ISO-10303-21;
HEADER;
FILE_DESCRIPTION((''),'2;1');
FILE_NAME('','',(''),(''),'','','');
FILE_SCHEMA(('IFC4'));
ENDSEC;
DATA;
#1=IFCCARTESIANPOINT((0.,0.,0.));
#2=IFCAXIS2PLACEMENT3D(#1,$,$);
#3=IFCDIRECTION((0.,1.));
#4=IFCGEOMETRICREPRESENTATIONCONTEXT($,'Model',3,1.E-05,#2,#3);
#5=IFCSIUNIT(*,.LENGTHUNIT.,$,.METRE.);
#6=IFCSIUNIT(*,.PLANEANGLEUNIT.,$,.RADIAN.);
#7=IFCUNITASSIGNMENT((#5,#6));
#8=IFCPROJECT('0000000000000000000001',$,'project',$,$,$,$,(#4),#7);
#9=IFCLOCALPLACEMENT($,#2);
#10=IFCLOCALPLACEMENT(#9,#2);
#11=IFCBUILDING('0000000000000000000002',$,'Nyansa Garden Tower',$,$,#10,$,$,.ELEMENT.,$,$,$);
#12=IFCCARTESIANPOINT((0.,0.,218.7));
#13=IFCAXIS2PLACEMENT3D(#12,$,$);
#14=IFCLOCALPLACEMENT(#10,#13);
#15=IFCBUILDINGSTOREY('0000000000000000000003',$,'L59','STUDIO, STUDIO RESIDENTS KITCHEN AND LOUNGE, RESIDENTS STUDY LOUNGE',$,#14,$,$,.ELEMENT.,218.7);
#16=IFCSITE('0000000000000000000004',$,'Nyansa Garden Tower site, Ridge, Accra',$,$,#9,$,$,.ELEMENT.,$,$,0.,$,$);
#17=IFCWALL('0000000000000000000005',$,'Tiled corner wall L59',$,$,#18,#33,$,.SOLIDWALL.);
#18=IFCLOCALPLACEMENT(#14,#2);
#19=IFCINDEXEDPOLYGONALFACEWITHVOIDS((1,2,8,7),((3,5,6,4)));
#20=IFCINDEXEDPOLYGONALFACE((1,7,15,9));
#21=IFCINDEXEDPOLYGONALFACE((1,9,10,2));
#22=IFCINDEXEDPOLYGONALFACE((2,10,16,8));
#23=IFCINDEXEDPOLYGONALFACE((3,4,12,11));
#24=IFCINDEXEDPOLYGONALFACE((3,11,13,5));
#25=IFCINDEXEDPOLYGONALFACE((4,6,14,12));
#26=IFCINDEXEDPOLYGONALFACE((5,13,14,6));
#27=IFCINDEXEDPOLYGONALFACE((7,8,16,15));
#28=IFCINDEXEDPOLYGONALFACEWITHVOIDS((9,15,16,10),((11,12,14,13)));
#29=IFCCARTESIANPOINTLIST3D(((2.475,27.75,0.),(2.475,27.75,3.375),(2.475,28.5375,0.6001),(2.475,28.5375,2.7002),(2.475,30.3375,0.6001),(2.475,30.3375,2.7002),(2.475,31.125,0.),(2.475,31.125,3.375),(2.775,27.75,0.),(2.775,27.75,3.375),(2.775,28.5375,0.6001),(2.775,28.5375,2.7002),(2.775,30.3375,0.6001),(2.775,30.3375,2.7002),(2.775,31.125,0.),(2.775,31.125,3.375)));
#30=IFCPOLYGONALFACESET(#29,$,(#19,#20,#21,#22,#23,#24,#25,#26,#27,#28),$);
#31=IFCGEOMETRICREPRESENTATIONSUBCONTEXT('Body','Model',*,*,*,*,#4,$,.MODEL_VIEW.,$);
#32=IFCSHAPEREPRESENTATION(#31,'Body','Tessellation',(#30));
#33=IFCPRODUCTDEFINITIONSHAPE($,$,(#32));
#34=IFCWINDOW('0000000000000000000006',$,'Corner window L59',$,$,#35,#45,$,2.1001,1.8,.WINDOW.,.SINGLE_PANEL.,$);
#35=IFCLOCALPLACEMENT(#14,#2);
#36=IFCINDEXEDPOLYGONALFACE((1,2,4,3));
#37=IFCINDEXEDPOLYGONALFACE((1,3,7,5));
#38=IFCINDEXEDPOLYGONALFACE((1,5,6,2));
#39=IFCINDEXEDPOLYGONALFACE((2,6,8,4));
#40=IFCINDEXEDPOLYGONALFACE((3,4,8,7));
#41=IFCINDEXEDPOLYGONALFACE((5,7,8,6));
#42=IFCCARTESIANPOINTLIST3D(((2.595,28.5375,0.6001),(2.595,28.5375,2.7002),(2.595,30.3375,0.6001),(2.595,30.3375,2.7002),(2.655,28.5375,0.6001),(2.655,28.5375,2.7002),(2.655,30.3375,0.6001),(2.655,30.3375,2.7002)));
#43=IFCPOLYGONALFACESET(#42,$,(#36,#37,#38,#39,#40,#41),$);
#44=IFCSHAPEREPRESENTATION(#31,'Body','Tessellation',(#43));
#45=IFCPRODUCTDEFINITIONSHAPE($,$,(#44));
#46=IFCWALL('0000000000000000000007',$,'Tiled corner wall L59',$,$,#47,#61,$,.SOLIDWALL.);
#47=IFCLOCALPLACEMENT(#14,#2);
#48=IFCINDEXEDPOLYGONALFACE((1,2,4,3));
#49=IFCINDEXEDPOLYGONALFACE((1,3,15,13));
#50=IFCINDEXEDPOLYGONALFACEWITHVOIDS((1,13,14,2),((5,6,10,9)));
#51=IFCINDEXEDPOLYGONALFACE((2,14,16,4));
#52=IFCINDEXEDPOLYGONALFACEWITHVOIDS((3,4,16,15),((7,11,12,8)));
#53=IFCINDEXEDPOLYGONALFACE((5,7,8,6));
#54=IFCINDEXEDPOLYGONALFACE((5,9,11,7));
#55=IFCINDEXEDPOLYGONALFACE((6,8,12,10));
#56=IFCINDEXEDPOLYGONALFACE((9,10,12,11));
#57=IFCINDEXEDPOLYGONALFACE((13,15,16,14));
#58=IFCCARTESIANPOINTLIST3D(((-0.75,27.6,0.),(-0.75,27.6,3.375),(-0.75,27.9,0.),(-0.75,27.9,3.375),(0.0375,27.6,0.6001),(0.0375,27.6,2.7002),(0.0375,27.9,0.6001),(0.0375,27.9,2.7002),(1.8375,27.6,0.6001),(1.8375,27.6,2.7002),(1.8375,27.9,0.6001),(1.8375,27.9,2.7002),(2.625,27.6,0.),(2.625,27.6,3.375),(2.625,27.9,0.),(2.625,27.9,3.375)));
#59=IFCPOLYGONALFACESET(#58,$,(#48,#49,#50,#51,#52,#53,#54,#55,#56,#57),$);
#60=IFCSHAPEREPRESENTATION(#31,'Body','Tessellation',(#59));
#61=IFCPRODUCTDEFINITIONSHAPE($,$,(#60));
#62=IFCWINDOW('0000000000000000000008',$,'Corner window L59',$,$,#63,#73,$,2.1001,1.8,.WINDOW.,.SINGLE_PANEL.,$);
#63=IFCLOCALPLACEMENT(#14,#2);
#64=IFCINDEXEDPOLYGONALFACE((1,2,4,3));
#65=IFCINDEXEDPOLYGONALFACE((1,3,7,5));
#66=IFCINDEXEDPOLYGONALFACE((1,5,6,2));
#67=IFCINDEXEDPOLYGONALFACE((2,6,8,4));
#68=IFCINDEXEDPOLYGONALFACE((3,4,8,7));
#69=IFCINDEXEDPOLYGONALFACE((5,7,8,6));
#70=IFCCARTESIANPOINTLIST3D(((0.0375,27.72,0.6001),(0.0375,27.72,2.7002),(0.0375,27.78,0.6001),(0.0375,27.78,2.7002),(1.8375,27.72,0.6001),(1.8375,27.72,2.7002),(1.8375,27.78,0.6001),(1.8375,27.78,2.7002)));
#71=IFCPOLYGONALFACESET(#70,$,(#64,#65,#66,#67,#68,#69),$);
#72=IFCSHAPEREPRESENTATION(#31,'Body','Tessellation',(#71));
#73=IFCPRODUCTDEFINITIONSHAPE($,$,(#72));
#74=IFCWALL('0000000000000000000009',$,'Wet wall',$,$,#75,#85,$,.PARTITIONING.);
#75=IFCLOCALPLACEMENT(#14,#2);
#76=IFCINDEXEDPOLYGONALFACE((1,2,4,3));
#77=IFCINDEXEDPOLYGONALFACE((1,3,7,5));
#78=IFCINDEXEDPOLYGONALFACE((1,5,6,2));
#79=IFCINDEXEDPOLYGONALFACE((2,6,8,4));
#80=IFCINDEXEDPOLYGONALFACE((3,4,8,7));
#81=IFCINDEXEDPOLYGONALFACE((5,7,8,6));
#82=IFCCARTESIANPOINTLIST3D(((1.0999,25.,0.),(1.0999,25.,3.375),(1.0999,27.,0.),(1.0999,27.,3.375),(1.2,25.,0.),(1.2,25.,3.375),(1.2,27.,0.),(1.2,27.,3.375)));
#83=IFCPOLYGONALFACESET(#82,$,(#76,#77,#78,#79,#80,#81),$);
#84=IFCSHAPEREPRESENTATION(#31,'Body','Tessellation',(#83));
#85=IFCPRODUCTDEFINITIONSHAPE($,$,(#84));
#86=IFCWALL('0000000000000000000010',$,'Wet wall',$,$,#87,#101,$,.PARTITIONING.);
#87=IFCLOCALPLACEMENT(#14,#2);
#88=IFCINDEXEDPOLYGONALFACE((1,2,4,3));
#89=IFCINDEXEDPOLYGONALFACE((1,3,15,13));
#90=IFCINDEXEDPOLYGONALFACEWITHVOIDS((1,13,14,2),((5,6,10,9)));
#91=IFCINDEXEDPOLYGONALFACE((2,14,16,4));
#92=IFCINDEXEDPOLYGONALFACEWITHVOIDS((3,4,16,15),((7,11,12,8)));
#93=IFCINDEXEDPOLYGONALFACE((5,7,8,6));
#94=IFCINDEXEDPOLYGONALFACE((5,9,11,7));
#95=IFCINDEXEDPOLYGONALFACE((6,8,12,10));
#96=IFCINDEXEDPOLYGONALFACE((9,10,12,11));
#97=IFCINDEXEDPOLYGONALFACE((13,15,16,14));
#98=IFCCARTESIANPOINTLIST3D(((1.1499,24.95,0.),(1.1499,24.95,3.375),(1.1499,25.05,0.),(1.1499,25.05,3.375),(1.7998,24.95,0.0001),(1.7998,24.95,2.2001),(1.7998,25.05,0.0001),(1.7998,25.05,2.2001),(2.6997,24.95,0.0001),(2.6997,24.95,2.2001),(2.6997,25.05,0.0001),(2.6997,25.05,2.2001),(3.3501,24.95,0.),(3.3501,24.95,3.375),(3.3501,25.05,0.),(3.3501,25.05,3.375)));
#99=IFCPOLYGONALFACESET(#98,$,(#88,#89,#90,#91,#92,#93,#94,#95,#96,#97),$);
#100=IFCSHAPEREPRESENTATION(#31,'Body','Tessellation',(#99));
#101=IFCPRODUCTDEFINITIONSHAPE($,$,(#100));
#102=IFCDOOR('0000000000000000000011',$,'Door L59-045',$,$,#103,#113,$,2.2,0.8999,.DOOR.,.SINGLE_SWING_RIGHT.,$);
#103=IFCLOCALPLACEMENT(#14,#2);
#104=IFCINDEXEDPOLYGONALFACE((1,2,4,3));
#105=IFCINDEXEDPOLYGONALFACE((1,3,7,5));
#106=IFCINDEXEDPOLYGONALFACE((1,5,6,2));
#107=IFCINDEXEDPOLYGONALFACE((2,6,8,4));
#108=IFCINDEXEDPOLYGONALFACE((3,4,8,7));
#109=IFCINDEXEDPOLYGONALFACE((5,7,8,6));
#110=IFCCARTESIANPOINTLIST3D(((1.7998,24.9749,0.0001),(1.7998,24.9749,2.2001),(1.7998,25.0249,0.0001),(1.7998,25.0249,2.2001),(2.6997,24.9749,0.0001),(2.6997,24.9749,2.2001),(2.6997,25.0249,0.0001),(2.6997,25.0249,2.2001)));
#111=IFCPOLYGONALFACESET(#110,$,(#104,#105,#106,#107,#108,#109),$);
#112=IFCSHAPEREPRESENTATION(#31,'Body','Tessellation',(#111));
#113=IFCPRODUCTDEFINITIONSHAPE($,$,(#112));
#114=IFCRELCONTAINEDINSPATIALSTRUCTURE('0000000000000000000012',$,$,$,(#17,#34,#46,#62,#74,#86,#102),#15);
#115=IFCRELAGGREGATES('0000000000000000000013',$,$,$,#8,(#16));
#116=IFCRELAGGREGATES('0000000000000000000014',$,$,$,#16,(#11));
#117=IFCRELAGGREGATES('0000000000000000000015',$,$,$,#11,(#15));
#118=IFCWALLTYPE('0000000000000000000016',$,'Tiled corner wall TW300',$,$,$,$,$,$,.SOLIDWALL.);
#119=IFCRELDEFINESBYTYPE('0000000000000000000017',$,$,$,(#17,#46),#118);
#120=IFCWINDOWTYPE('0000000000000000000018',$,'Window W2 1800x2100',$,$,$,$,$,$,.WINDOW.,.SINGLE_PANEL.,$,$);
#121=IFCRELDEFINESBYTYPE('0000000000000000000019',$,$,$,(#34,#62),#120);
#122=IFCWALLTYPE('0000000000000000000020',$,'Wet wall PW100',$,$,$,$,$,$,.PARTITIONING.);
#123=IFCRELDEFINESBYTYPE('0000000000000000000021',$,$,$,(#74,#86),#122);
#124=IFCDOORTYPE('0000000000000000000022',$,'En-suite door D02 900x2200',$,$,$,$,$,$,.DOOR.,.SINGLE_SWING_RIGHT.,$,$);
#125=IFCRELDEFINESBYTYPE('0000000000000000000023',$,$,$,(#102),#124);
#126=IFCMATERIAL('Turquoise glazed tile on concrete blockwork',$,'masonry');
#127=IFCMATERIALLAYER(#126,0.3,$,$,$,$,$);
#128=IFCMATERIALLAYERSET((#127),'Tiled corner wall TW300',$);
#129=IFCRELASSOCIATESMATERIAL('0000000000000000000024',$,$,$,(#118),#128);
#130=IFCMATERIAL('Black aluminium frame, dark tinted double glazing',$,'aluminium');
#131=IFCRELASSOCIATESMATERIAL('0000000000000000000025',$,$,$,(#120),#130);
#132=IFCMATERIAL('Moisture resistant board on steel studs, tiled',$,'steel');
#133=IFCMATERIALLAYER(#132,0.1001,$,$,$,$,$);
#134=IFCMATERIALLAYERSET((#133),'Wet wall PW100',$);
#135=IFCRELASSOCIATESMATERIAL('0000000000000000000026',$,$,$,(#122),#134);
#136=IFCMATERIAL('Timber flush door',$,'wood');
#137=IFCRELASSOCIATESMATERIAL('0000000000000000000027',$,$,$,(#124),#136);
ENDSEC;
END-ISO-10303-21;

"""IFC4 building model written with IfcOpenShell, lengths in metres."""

from ifc_helpers import new_model, si_unit, direction, frame, frame_2d, origin, place, context, subcontext, project, spatial, rectangle, extrude, material, layer, layer_set, type_object, element, fill, save


model = new_model("IFC4")

# Units and contexts
model_context = context("Model", 3, precision=1e-05, world=origin(), true_north=direction((0.0, 1.0)))
body_context = subcontext(model_context, "Body", "Model", "MODEL_VIEW")
ifc_project = project(units=[si_unit("LENGTHUNIT", "METRE"), si_unit("PLANEANGLEUNIT", "RADIAN")], contexts=[model_context])

# Site, building, storey
site_placement = place(None, origin())
site = spatial("IfcSite", under=ifc_project, at=site_placement, Name="Nyansa Garden Tower site, Ridge, Accra", CompositionType="ELEMENT", RefElevation=0.0)
building_placement = place(site_placement, origin())
building = spatial("IfcBuilding", under=site, at=building_placement, Name="Nyansa Garden Tower", CompositionType="ELEMENT")
storey_placement = place(building_placement, frame((0.0, 0.0, 218.7)))
storey = spatial("IfcBuildingStorey", under=building, at=storey_placement, Name="L59", Description="STUDIO, STUDIO RESIDENTS KITCHEN AND LOUNGE, RESIDENTS STUDY LOUNGE", CompositionType="ELEMENT", Elevation=218.7)

# Walls, openings, windows
ifc_material_1 = material(Name="Turquoise glazed tile on concrete blockwork", Category="masonry")
ifc_layer_1 = layer(ifc_material_1, 0.3)
ifc_layer_set_1 = layer_set([ifc_layer_1], Name="Tiled corner wall TW300")
wall_type_1 = type_object("IfcWallType", Name="Tiled corner wall TW300", PredefinedType="SOLIDWALL", material=ifc_layer_set_1)
ifc_material_2 = material(Name="Black aluminium frame, dark tinted double glazing", Category="aluminium")
window_type = type_object("IfcWindowType", Name="Window W2 1800x2100", PartitioningType="SINGLE_PANEL", PredefinedType="WINDOW", material=ifc_material_2)
wall_1_placement = place(storey_placement, frame((2.625, 31.125, 0.0), z_axis=(0.0, 0.0, 1.0), x_axis=(0.0, -1.0, 0.0)))
wall_1 = element("IfcWall", 1, at=wall_1_placement, inside=storey, type_object=wall_type_1, Name="Tiled corner wall L59", PredefinedType="SOLIDWALL", context=body_context, shape_type="SweptSolid", body=[
    extrude(rectangle(XDim=3.375, YDim=0.3, at=frame_2d((1.6875, 0.0))), origin(), (0.0, 0.0, 1.0), 3.375),
])
opening_1_placement = place(wall_1_placement, frame((0.7876, 0.0, 0.6001)))
opening_1 = element("IfcOpeningElement", 2, at=opening_1_placement, cuts=wall_1, PredefinedType="OPENING", context=body_context, shape_type="SweptSolid", body=[
    extrude(rectangle(XDim=1.8, YDim=2.1001, at=frame_2d((0.8999, 1.05))), frame((0.0, 0.1599, 0.0), z_axis=(0.0, -1.0, 0.0), x_axis=(1.0, 0.0, 0.0)), (0.0, 0.0, 1.0), 0.3201),
])
window_1_placement = place(opening_1_placement, origin())
window_1 = element("IfcWindow", 3, at=window_1_placement, inside=storey, type_object=window_type, Name="Corner window L59", OverallHeight=2.1001, OverallWidth=1.8, PartitioningType="SINGLE_PANEL", PredefinedType="WINDOW", context=body_context, shape_type="SweptSolid", body=[
    extrude(rectangle(XDim=1.8, YDim=2.1001, at=frame_2d((0.8999, 1.05))), frame((0.0, 0.03, 0.0), z_axis=(0.0, -1.0, 0.0), x_axis=(1.0, 0.0, 0.0)), (0.0, 0.0, 1.0), 0.0601),
])
fill(opening_1, window_1)
wall_2_placement = place(storey_placement, frame((2.625, 27.75, 0.0), z_axis=(0.0, 0.0, 1.0), x_axis=(-1.0, 0.0, 0.0)))
wall_2 = element("IfcWall", 4, at=wall_2_placement, inside=storey, type_object=wall_type_1, Name="Tiled corner wall L59", PredefinedType="SOLIDWALL", context=body_context, shape_type="SweptSolid", body=[
    extrude(rectangle(XDim=3.375, YDim=0.3, at=frame_2d((1.6875, 0.0))), origin(), (0.0, 0.0, 1.0), 3.375),
])
opening_2_placement = place(wall_2_placement, frame((0.7876, 0.0, 0.6001)))
opening_2 = element("IfcOpeningElement", 5, at=opening_2_placement, cuts=wall_2, PredefinedType="OPENING", context=body_context, shape_type="SweptSolid", body=[
    extrude(rectangle(XDim=1.8, YDim=2.1001, at=frame_2d((0.8999, 1.05))), frame((0.0, 0.1599, 0.0), z_axis=(0.0, -1.0, 0.0), x_axis=(1.0, 0.0, 0.0)), (0.0, 0.0, 1.0), 0.3201),
])
window_2_placement = place(opening_2_placement, origin())
window_2 = element("IfcWindow", 6, at=window_2_placement, inside=storey, type_object=window_type, Name="Corner window L59", OverallHeight=2.1001, OverallWidth=1.8, PartitioningType="SINGLE_PANEL", PredefinedType="WINDOW", context=body_context, shape_type="SweptSolid", body=[
    extrude(rectangle(XDim=1.8, YDim=2.1001, at=frame_2d((0.8999, 1.05))), frame((0.0, 0.03, 0.0), z_axis=(0.0, -1.0, 0.0), x_axis=(1.0, 0.0, 0.0)), (0.0, 0.0, 1.0), 0.0601),
])
fill(opening_2, window_2)

# Wall
ifc_material_3 = material(Name="Moisture resistant board on steel studs, tiled", Category="steel")
ifc_layer_2 = layer(ifc_material_3, 0.1001)
ifc_layer_set_2 = layer_set([ifc_layer_2], Name="Wet wall PW100")
wall_type_2 = type_object("IfcWallType", Name="Wet wall PW100", PredefinedType="PARTITIONING", material=ifc_layer_set_2)
wall_3_placement = place(storey_placement, frame((1.1499, 25.0, 0.0), z_axis=(0.0, 0.0, 1.0), x_axis=(0.0, 1.0, 0.0)))
element("IfcWall", 7, at=wall_3_placement, inside=storey, type_object=wall_type_2, Name="Wet wall", PredefinedType="PARTITIONING", context=body_context, shape_type="SweptSolid", body=[
    extrude(rectangle(XDim=2.0, YDim=0.1001, at=frame_2d((1.0, 0.0))), origin(), (0.0, 0.0, 1.0), 3.375),
])

# Wall, opening, door
wall_4_placement = place(storey_placement, frame((1.1499, 25.0, 0.0), z_axis=(0.0, 0.0, 1.0), x_axis=(1.0, 0.0, 0.0)))
wall_4 = element("IfcWall", 8, at=wall_4_placement, inside=storey, type_object=wall_type_2, Name="Wet wall", PredefinedType="PARTITIONING", context=body_context, shape_type="SweptSolid", body=[
    extrude(rectangle(XDim=2.2002, YDim=0.1001, at=frame_2d((1.1001, 0.0))), origin(), (0.0, 0.0, 1.0), 3.375),
])
opening_3_placement = place(wall_4_placement, frame((0.6499, 0.0, 0.0)))
opening_3 = element("IfcOpeningElement", 9, at=opening_3_placement, cuts=wall_4, PredefinedType="OPENING", context=body_context, shape_type="SweptSolid", body=[
    extrude(rectangle(XDim=0.8999, YDim=2.2, at=frame_2d((0.45, 1.1001))), frame((0.0, 0.0601, 0.0), z_axis=(0.0, -1.0, 0.0), x_axis=(1.0, 0.0, 0.0)), (0.0, 0.0, 1.0), 0.1201),
])
ifc_material_4 = material(Name="Timber flush door", Category="wood")
door_type_1 = type_object("IfcDoorType", Name="En-suite door D02 900x2200", OperationType="SINGLE_SWING_RIGHT", PredefinedType="DOOR", material=ifc_material_4)
door_1_placement = place(opening_3_placement, origin())
door_1 = element("IfcDoor", 10, at=door_1_placement, inside=storey, type_object=door_type_1, Name="Door L59-045", OperationType="SINGLE_SWING_RIGHT", OverallHeight=2.2, OverallWidth=0.8999, PredefinedType="DOOR", context=body_context, shape_type="SweptSolid", body=[
    extrude(rectangle(XDim=0.8999, YDim=2.2, at=frame_2d((0.45, 1.1001))), frame((0.0, 0.0249, 0.0), z_axis=(0.0, -1.0, 0.0), x_axis=(1.0, 0.0, 0.0)), (0.0, 0.0, 1.0), 0.05),
])
fill(opening_3, door_1)

save(model, "model.ifc")
